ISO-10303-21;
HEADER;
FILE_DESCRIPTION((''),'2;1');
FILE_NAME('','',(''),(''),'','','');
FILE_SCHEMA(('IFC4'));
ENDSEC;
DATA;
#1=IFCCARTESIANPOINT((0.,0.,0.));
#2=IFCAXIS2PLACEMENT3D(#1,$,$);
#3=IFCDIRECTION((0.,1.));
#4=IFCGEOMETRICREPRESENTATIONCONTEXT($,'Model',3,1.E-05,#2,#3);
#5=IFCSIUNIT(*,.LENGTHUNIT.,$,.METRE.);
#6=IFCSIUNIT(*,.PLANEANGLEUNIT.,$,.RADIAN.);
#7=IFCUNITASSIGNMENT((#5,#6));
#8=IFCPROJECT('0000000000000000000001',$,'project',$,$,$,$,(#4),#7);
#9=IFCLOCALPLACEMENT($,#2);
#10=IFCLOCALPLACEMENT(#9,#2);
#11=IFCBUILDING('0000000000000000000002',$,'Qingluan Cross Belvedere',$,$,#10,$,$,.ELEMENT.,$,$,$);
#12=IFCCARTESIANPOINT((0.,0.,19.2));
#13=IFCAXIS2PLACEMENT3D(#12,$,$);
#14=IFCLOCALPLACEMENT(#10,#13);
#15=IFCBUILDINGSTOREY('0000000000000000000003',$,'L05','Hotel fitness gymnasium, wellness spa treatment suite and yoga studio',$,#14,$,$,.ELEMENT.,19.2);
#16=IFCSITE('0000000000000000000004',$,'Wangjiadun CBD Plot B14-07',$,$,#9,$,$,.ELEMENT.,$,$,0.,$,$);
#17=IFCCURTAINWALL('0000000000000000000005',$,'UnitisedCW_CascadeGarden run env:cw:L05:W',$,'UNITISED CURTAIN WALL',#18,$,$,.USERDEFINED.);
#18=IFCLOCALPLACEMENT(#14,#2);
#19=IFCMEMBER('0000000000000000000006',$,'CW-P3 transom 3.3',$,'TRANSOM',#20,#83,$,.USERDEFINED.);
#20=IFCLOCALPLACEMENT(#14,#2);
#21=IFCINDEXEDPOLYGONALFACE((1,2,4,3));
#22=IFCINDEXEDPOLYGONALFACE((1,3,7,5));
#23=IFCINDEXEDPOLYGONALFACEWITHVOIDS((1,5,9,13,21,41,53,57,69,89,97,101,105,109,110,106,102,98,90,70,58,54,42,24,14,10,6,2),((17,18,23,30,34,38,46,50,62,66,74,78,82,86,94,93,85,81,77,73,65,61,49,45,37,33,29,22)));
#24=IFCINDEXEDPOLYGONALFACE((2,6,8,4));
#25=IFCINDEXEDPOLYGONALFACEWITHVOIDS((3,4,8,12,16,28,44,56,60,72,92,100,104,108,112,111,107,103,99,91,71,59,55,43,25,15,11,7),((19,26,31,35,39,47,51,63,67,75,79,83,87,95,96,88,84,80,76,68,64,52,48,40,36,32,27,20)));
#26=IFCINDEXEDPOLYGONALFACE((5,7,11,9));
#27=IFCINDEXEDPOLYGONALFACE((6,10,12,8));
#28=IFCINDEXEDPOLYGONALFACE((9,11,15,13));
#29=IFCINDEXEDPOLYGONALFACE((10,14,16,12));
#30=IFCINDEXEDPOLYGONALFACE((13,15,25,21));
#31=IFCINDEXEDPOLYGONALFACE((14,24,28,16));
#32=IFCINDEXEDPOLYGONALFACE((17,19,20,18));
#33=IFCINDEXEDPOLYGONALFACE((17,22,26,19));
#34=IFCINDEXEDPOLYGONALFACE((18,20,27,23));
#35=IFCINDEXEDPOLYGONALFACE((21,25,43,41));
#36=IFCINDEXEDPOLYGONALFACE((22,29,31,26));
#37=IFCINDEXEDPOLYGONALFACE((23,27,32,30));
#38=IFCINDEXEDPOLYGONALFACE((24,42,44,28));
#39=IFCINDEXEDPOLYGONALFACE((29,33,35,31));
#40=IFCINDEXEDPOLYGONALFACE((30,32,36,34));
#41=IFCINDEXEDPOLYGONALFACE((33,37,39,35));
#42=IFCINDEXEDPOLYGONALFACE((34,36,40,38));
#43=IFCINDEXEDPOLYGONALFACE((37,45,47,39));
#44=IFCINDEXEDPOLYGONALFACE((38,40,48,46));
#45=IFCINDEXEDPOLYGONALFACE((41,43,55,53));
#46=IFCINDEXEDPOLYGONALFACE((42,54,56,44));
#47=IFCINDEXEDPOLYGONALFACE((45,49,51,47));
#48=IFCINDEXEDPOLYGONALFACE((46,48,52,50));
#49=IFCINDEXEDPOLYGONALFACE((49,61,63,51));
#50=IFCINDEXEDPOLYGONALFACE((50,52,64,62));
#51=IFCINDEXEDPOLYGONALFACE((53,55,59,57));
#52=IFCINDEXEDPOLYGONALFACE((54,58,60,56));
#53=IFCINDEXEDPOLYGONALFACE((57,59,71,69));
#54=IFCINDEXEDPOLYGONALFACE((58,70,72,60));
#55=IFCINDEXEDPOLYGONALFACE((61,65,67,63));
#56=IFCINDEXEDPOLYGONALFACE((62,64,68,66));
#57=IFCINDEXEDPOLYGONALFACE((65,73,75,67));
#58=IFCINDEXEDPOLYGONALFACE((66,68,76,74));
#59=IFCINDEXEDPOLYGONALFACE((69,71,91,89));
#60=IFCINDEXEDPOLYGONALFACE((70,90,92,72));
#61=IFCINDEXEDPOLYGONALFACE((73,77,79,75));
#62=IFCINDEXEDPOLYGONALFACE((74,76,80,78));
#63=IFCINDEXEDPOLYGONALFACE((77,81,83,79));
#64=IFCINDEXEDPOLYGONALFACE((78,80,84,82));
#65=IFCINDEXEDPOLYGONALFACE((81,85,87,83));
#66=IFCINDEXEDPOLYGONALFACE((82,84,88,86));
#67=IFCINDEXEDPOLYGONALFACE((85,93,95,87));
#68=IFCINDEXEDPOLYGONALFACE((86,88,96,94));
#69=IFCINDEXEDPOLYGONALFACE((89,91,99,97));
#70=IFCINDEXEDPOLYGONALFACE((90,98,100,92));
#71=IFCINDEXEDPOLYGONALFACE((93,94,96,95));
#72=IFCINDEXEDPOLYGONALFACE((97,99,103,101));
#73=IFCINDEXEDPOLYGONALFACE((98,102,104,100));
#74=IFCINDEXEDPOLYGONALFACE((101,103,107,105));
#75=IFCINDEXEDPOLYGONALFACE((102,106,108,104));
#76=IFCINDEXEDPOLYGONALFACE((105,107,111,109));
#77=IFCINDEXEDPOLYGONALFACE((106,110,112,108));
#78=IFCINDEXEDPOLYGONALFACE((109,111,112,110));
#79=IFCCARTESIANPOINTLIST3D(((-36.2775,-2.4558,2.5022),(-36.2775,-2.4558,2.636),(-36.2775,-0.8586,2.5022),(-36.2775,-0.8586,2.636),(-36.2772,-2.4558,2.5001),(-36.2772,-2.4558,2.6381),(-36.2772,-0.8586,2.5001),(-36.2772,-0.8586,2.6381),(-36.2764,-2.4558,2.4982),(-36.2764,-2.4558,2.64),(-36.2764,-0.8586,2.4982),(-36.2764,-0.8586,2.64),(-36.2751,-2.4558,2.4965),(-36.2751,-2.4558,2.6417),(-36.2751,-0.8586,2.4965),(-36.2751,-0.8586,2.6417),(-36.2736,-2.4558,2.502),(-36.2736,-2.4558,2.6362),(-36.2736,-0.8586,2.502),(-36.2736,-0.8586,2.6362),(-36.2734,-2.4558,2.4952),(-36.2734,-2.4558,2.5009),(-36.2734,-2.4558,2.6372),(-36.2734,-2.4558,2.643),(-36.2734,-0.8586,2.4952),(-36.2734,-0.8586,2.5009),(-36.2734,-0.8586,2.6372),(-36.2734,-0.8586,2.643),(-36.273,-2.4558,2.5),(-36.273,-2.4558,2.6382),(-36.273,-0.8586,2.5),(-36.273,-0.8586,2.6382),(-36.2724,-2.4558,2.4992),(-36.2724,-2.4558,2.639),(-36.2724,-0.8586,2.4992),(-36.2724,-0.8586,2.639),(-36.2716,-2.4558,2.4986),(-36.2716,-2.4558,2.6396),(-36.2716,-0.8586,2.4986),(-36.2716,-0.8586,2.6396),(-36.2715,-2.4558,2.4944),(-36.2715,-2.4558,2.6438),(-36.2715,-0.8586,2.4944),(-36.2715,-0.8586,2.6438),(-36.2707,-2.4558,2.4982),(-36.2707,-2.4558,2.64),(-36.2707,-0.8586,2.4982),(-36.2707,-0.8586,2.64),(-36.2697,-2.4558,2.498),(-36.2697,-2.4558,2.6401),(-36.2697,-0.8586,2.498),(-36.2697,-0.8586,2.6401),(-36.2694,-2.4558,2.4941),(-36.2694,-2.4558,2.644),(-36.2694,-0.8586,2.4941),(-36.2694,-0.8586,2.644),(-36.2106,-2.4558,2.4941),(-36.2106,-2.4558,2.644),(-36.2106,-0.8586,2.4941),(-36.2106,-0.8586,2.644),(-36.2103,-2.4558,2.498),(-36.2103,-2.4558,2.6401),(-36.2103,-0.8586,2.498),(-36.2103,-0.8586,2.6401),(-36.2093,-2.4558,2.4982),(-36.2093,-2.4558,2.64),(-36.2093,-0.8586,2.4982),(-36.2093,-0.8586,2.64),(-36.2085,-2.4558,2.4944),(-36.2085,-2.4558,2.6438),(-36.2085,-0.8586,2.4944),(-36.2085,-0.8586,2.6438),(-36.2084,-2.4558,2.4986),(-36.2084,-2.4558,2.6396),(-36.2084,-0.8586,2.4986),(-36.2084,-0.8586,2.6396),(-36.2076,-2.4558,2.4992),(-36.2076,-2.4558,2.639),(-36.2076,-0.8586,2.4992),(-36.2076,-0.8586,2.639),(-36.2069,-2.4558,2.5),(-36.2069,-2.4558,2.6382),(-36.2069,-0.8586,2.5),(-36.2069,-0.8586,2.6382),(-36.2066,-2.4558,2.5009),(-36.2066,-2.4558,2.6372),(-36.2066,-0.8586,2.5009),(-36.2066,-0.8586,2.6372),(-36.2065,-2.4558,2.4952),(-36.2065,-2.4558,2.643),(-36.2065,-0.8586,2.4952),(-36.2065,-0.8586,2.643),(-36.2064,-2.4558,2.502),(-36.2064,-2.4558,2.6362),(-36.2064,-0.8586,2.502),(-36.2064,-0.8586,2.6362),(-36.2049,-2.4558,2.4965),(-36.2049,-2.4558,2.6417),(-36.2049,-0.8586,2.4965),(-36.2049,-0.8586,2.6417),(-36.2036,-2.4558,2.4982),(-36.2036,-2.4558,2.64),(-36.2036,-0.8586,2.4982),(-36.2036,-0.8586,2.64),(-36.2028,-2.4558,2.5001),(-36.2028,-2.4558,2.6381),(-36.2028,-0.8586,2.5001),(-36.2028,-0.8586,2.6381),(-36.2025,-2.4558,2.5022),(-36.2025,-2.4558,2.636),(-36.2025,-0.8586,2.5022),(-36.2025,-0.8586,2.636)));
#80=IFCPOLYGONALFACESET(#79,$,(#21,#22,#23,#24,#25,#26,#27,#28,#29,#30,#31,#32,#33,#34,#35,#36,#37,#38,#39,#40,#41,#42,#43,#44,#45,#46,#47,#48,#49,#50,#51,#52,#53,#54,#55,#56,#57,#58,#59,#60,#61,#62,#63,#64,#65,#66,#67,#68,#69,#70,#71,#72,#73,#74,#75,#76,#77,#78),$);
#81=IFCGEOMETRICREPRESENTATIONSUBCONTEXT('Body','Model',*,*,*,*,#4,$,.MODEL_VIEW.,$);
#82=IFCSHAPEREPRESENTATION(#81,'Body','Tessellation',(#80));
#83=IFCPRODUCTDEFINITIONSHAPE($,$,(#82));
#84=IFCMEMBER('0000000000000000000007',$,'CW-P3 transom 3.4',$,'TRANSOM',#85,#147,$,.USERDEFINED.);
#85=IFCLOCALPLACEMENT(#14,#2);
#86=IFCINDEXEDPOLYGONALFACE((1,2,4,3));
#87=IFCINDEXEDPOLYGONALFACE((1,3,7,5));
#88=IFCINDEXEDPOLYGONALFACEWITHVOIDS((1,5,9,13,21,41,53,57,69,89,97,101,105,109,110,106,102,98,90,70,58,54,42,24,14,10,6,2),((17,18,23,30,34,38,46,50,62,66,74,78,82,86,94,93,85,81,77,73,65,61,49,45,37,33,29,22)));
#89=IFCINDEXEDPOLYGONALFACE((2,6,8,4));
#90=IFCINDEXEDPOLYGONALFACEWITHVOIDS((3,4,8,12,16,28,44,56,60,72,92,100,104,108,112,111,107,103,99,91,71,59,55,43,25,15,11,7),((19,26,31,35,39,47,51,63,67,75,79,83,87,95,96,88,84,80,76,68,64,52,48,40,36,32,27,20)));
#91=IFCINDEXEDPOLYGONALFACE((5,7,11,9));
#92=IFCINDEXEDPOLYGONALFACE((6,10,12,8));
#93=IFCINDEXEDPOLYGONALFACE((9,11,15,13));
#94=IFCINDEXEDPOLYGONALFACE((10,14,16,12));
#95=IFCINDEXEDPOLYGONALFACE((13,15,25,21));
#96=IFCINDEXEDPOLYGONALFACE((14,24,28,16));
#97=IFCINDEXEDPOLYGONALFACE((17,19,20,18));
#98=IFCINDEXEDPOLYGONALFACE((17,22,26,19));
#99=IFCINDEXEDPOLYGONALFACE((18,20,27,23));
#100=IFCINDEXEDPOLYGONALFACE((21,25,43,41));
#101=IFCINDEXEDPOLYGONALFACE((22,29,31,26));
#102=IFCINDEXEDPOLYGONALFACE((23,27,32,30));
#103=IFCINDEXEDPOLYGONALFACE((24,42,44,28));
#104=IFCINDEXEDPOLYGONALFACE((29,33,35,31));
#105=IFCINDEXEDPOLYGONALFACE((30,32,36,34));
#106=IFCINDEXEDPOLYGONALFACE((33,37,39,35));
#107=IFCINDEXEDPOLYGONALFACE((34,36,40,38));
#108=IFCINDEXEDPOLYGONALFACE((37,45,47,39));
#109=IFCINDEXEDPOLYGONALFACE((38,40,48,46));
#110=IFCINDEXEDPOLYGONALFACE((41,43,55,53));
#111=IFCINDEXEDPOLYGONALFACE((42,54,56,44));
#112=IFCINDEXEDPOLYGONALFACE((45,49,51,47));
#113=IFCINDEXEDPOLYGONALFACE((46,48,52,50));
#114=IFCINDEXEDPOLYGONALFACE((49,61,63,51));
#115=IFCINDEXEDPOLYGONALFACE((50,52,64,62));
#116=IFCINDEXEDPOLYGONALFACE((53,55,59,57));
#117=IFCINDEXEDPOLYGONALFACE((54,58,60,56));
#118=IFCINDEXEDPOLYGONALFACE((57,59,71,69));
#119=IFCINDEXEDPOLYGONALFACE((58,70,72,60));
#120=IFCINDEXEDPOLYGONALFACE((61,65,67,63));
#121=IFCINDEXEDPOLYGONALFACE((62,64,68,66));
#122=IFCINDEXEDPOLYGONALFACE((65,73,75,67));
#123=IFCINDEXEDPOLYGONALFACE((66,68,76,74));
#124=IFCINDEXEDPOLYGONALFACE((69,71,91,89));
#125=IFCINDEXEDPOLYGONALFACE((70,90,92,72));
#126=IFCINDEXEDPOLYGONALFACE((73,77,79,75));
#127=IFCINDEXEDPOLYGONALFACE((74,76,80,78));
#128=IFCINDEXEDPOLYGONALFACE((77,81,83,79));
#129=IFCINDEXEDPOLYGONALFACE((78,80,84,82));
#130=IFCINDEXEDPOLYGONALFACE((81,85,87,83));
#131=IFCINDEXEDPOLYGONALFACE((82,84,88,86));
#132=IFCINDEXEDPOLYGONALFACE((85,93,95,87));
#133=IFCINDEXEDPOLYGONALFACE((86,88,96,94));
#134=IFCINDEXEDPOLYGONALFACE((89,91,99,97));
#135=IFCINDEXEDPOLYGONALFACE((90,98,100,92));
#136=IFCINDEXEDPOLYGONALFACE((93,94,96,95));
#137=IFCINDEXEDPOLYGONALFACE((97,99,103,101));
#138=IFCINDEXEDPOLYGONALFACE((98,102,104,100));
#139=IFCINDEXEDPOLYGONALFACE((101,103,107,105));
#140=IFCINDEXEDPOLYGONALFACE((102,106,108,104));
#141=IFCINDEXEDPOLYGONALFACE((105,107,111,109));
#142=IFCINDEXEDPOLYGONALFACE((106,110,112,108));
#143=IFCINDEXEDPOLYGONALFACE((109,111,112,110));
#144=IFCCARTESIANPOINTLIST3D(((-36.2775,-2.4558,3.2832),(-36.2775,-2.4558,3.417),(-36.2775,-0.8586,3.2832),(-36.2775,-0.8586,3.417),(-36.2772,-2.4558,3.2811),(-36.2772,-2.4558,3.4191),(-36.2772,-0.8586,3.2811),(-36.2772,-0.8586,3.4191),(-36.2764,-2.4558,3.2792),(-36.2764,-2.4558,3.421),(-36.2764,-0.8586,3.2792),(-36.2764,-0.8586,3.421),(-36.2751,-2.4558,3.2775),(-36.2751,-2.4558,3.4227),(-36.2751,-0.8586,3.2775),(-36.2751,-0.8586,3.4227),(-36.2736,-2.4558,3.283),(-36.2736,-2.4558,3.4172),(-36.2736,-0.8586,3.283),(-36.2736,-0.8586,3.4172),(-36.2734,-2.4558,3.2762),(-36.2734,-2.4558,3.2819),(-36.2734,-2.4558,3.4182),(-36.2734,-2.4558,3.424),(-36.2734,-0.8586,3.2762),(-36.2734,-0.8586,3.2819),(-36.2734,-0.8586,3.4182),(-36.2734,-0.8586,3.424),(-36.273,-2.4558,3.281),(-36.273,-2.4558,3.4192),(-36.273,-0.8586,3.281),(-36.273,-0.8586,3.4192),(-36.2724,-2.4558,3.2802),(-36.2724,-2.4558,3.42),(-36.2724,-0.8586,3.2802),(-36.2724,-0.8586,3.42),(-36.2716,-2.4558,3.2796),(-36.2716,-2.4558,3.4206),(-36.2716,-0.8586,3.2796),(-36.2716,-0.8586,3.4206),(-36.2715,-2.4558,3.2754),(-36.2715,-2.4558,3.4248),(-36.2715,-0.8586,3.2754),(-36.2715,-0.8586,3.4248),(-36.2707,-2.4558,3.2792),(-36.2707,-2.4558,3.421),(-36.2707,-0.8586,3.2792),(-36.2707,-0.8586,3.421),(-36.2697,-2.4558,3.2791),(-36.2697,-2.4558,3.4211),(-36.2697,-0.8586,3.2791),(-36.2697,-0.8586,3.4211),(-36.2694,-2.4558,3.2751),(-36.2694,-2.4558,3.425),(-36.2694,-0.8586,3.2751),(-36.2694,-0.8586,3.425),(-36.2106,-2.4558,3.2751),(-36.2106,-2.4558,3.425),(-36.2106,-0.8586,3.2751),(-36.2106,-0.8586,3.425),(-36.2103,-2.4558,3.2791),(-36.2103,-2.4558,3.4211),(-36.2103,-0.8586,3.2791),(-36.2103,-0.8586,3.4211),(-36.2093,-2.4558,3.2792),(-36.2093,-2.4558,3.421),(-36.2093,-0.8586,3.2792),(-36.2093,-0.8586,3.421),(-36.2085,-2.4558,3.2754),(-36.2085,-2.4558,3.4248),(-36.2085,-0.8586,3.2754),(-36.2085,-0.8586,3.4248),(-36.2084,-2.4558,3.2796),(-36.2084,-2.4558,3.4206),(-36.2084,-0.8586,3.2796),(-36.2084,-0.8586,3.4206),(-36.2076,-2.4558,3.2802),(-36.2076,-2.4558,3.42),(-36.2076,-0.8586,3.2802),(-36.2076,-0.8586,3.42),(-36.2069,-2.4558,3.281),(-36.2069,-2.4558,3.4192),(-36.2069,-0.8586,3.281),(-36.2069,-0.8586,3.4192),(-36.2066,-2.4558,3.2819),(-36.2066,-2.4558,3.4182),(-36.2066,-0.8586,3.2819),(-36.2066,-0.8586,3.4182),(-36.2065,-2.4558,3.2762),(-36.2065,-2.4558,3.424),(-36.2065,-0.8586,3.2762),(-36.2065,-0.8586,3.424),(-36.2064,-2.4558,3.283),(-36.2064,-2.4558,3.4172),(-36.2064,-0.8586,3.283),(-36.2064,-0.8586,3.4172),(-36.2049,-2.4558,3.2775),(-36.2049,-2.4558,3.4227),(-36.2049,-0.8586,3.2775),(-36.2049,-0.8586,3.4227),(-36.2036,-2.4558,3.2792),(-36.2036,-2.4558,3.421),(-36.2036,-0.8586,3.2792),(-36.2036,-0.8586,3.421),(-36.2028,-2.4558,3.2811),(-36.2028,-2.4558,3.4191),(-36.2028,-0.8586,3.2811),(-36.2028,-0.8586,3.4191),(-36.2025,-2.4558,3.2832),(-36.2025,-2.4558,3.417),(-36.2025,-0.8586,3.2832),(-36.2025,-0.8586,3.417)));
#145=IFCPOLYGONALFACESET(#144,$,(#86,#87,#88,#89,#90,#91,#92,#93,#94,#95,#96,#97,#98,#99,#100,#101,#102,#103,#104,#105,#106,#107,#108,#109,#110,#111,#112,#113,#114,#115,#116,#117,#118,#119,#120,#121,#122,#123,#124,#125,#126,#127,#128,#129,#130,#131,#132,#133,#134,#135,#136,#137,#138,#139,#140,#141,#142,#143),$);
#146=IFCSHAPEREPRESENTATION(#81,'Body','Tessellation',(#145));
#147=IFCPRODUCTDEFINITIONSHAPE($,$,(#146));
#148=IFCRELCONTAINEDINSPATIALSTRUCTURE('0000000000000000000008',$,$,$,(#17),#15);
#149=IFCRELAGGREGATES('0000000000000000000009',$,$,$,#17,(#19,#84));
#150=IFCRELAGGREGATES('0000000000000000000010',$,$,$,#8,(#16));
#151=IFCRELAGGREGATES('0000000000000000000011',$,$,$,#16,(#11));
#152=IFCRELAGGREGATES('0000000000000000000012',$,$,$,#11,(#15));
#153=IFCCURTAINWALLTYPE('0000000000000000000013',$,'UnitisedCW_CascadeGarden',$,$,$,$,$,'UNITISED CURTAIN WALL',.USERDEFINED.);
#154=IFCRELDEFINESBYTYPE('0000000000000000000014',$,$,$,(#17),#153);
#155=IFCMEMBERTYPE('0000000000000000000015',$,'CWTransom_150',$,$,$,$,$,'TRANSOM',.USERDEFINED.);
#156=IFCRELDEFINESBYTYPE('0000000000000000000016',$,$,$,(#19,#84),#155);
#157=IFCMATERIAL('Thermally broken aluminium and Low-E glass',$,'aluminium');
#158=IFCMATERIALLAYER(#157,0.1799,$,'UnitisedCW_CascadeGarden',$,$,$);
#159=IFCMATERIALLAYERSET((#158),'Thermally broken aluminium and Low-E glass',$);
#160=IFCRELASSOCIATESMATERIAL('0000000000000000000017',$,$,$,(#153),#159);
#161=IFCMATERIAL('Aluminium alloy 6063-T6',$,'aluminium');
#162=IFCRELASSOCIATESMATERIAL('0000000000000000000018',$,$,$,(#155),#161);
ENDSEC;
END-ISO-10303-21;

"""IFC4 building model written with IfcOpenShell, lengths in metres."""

from ifc_helpers import new_model, si_unit, direction, frame, origin, origin_2d, place, context, subcontext, project, spatial, hollow_rectangle, extrude, material, layer, layer_set, material_profile, profile_set, type_object, element, aggregate, save


model = new_model("IFC4")

# Units and contexts
model_context = context("Model", 3, precision=1e-05, world=origin(), true_north=direction((0.0, 1.0)))
body_context = subcontext(model_context, "Body", "Model", "MODEL_VIEW")
ifc_project = project(units=[si_unit("LENGTHUNIT", "METRE"), si_unit("PLANEANGLEUNIT", "RADIAN")], contexts=[model_context])

# Site, building, storey
site_placement = place(None, origin())
site = spatial("IfcSite", under=ifc_project, at=site_placement, Name="Wangjiadun CBD Plot B14-07", CompositionType="ELEMENT", RefElevation=0.0)
building_placement = place(site_placement, origin())
building = spatial("IfcBuilding", under=site, at=building_placement, Name="Qingluan Cross Belvedere", CompositionType="ELEMENT")
storey_placement = place(building_placement, frame((0.0, 0.0, 19.2)))
storey = spatial("IfcBuildingStorey", under=building, at=storey_placement, Name="L05", Description="Hotel fitness gymnasium, wellness spa treatment suite and yoga studio", CompositionType="ELEMENT", Elevation=19.2)

# Curtain wall, members
ifc_material_1 = material(Name="Thermally broken aluminium and Low-E glass", Category="aluminium")
ifc_layer_1 = layer(ifc_material_1, 0.1799, Name="UnitisedCW_CascadeGarden")
ifc_layer_set_1 = layer_set([ifc_layer_1], Name="Thermally broken aluminium and Low-E glass")
curtain_wall_type = type_object("IfcCurtainWallType", Name="UnitisedCW_CascadeGarden", ElementType="UNITISED CURTAIN WALL", PredefinedType="USERDEFINED", material=ifc_layer_set_1)
curtain_wall_placement = place(storey_placement, origin())
curtain_wall = element("IfcCurtainWall", 1, at=curtain_wall_placement, inside=storey, type_object=curtain_wall_type, Name="UnitisedCW_CascadeGarden run env:cw:L05:W", ObjectType="UNITISED CURTAIN WALL", PredefinedType="USERDEFINED")
ifc_material_2 = material(Name="Aluminium alloy 6063-T6", Category="aluminium")
ifc_material_profile_1 = material_profile(ifc_material_2, hollow_rectangle(XDim=0.075, YDim=0.1499, WallThickness=0.0039, InnerFilletRadius=0.0039, OuterFilletRadius=0.0081, at=origin_2d()), Name="CWT150x75x4")
ifc_profile_set_1 = profile_set([ifc_material_profile_1], Name="Aluminium alloy 6063-T6")
member_type_1 = type_object("IfcMemberType", Name="CWTransom_150", ElementType="TRANSOM", PredefinedType="USERDEFINED", material=ifc_profile_set_1)
member_1_placement = place(storey_placement, frame((-36.24, -2.4558, 2.5691), z_axis=(0.0, 1.0, 0.0), x_axis=(-1.0, 0.0, 0.0)))
member_1 = element("IfcMember", 2, at=member_1_placement, type_object=member_type_1, Name="CW-P3 transom 3.3", ObjectType="TRANSOM", PredefinedType="USERDEFINED", context=body_context, shape_type="SweptSolid", body=[
    extrude(hollow_rectangle(XDim=0.075, YDim=0.1499, WallThickness=0.0039, InnerFilletRadius=0.0039, OuterFilletRadius=0.0081, at=origin_2d()), origin(), (0.0, 0.0, 1.0), 1.5972),
])
member_2_placement = place(storey_placement, frame((-36.24, -2.4558, 3.3501), z_axis=(0.0, 1.0, 0.0), x_axis=(-1.0, 0.0, 0.0)))
member_2 = element("IfcMember", 3, at=member_2_placement, type_object=member_type_1, Name="CW-P3 transom 3.4", ObjectType="TRANSOM", PredefinedType="USERDEFINED", context=body_context, shape_type="SweptSolid", body=[
    extrude(hollow_rectangle(XDim=0.075, YDim=0.1499, WallThickness=0.0039, InnerFilletRadius=0.0039, OuterFilletRadius=0.0081, at=origin_2d()), origin(), (0.0, 0.0, 1.0), 1.5972),
])
aggregate(curtain_wall, [member_1, member_2])

save(model, "model.ifc")
